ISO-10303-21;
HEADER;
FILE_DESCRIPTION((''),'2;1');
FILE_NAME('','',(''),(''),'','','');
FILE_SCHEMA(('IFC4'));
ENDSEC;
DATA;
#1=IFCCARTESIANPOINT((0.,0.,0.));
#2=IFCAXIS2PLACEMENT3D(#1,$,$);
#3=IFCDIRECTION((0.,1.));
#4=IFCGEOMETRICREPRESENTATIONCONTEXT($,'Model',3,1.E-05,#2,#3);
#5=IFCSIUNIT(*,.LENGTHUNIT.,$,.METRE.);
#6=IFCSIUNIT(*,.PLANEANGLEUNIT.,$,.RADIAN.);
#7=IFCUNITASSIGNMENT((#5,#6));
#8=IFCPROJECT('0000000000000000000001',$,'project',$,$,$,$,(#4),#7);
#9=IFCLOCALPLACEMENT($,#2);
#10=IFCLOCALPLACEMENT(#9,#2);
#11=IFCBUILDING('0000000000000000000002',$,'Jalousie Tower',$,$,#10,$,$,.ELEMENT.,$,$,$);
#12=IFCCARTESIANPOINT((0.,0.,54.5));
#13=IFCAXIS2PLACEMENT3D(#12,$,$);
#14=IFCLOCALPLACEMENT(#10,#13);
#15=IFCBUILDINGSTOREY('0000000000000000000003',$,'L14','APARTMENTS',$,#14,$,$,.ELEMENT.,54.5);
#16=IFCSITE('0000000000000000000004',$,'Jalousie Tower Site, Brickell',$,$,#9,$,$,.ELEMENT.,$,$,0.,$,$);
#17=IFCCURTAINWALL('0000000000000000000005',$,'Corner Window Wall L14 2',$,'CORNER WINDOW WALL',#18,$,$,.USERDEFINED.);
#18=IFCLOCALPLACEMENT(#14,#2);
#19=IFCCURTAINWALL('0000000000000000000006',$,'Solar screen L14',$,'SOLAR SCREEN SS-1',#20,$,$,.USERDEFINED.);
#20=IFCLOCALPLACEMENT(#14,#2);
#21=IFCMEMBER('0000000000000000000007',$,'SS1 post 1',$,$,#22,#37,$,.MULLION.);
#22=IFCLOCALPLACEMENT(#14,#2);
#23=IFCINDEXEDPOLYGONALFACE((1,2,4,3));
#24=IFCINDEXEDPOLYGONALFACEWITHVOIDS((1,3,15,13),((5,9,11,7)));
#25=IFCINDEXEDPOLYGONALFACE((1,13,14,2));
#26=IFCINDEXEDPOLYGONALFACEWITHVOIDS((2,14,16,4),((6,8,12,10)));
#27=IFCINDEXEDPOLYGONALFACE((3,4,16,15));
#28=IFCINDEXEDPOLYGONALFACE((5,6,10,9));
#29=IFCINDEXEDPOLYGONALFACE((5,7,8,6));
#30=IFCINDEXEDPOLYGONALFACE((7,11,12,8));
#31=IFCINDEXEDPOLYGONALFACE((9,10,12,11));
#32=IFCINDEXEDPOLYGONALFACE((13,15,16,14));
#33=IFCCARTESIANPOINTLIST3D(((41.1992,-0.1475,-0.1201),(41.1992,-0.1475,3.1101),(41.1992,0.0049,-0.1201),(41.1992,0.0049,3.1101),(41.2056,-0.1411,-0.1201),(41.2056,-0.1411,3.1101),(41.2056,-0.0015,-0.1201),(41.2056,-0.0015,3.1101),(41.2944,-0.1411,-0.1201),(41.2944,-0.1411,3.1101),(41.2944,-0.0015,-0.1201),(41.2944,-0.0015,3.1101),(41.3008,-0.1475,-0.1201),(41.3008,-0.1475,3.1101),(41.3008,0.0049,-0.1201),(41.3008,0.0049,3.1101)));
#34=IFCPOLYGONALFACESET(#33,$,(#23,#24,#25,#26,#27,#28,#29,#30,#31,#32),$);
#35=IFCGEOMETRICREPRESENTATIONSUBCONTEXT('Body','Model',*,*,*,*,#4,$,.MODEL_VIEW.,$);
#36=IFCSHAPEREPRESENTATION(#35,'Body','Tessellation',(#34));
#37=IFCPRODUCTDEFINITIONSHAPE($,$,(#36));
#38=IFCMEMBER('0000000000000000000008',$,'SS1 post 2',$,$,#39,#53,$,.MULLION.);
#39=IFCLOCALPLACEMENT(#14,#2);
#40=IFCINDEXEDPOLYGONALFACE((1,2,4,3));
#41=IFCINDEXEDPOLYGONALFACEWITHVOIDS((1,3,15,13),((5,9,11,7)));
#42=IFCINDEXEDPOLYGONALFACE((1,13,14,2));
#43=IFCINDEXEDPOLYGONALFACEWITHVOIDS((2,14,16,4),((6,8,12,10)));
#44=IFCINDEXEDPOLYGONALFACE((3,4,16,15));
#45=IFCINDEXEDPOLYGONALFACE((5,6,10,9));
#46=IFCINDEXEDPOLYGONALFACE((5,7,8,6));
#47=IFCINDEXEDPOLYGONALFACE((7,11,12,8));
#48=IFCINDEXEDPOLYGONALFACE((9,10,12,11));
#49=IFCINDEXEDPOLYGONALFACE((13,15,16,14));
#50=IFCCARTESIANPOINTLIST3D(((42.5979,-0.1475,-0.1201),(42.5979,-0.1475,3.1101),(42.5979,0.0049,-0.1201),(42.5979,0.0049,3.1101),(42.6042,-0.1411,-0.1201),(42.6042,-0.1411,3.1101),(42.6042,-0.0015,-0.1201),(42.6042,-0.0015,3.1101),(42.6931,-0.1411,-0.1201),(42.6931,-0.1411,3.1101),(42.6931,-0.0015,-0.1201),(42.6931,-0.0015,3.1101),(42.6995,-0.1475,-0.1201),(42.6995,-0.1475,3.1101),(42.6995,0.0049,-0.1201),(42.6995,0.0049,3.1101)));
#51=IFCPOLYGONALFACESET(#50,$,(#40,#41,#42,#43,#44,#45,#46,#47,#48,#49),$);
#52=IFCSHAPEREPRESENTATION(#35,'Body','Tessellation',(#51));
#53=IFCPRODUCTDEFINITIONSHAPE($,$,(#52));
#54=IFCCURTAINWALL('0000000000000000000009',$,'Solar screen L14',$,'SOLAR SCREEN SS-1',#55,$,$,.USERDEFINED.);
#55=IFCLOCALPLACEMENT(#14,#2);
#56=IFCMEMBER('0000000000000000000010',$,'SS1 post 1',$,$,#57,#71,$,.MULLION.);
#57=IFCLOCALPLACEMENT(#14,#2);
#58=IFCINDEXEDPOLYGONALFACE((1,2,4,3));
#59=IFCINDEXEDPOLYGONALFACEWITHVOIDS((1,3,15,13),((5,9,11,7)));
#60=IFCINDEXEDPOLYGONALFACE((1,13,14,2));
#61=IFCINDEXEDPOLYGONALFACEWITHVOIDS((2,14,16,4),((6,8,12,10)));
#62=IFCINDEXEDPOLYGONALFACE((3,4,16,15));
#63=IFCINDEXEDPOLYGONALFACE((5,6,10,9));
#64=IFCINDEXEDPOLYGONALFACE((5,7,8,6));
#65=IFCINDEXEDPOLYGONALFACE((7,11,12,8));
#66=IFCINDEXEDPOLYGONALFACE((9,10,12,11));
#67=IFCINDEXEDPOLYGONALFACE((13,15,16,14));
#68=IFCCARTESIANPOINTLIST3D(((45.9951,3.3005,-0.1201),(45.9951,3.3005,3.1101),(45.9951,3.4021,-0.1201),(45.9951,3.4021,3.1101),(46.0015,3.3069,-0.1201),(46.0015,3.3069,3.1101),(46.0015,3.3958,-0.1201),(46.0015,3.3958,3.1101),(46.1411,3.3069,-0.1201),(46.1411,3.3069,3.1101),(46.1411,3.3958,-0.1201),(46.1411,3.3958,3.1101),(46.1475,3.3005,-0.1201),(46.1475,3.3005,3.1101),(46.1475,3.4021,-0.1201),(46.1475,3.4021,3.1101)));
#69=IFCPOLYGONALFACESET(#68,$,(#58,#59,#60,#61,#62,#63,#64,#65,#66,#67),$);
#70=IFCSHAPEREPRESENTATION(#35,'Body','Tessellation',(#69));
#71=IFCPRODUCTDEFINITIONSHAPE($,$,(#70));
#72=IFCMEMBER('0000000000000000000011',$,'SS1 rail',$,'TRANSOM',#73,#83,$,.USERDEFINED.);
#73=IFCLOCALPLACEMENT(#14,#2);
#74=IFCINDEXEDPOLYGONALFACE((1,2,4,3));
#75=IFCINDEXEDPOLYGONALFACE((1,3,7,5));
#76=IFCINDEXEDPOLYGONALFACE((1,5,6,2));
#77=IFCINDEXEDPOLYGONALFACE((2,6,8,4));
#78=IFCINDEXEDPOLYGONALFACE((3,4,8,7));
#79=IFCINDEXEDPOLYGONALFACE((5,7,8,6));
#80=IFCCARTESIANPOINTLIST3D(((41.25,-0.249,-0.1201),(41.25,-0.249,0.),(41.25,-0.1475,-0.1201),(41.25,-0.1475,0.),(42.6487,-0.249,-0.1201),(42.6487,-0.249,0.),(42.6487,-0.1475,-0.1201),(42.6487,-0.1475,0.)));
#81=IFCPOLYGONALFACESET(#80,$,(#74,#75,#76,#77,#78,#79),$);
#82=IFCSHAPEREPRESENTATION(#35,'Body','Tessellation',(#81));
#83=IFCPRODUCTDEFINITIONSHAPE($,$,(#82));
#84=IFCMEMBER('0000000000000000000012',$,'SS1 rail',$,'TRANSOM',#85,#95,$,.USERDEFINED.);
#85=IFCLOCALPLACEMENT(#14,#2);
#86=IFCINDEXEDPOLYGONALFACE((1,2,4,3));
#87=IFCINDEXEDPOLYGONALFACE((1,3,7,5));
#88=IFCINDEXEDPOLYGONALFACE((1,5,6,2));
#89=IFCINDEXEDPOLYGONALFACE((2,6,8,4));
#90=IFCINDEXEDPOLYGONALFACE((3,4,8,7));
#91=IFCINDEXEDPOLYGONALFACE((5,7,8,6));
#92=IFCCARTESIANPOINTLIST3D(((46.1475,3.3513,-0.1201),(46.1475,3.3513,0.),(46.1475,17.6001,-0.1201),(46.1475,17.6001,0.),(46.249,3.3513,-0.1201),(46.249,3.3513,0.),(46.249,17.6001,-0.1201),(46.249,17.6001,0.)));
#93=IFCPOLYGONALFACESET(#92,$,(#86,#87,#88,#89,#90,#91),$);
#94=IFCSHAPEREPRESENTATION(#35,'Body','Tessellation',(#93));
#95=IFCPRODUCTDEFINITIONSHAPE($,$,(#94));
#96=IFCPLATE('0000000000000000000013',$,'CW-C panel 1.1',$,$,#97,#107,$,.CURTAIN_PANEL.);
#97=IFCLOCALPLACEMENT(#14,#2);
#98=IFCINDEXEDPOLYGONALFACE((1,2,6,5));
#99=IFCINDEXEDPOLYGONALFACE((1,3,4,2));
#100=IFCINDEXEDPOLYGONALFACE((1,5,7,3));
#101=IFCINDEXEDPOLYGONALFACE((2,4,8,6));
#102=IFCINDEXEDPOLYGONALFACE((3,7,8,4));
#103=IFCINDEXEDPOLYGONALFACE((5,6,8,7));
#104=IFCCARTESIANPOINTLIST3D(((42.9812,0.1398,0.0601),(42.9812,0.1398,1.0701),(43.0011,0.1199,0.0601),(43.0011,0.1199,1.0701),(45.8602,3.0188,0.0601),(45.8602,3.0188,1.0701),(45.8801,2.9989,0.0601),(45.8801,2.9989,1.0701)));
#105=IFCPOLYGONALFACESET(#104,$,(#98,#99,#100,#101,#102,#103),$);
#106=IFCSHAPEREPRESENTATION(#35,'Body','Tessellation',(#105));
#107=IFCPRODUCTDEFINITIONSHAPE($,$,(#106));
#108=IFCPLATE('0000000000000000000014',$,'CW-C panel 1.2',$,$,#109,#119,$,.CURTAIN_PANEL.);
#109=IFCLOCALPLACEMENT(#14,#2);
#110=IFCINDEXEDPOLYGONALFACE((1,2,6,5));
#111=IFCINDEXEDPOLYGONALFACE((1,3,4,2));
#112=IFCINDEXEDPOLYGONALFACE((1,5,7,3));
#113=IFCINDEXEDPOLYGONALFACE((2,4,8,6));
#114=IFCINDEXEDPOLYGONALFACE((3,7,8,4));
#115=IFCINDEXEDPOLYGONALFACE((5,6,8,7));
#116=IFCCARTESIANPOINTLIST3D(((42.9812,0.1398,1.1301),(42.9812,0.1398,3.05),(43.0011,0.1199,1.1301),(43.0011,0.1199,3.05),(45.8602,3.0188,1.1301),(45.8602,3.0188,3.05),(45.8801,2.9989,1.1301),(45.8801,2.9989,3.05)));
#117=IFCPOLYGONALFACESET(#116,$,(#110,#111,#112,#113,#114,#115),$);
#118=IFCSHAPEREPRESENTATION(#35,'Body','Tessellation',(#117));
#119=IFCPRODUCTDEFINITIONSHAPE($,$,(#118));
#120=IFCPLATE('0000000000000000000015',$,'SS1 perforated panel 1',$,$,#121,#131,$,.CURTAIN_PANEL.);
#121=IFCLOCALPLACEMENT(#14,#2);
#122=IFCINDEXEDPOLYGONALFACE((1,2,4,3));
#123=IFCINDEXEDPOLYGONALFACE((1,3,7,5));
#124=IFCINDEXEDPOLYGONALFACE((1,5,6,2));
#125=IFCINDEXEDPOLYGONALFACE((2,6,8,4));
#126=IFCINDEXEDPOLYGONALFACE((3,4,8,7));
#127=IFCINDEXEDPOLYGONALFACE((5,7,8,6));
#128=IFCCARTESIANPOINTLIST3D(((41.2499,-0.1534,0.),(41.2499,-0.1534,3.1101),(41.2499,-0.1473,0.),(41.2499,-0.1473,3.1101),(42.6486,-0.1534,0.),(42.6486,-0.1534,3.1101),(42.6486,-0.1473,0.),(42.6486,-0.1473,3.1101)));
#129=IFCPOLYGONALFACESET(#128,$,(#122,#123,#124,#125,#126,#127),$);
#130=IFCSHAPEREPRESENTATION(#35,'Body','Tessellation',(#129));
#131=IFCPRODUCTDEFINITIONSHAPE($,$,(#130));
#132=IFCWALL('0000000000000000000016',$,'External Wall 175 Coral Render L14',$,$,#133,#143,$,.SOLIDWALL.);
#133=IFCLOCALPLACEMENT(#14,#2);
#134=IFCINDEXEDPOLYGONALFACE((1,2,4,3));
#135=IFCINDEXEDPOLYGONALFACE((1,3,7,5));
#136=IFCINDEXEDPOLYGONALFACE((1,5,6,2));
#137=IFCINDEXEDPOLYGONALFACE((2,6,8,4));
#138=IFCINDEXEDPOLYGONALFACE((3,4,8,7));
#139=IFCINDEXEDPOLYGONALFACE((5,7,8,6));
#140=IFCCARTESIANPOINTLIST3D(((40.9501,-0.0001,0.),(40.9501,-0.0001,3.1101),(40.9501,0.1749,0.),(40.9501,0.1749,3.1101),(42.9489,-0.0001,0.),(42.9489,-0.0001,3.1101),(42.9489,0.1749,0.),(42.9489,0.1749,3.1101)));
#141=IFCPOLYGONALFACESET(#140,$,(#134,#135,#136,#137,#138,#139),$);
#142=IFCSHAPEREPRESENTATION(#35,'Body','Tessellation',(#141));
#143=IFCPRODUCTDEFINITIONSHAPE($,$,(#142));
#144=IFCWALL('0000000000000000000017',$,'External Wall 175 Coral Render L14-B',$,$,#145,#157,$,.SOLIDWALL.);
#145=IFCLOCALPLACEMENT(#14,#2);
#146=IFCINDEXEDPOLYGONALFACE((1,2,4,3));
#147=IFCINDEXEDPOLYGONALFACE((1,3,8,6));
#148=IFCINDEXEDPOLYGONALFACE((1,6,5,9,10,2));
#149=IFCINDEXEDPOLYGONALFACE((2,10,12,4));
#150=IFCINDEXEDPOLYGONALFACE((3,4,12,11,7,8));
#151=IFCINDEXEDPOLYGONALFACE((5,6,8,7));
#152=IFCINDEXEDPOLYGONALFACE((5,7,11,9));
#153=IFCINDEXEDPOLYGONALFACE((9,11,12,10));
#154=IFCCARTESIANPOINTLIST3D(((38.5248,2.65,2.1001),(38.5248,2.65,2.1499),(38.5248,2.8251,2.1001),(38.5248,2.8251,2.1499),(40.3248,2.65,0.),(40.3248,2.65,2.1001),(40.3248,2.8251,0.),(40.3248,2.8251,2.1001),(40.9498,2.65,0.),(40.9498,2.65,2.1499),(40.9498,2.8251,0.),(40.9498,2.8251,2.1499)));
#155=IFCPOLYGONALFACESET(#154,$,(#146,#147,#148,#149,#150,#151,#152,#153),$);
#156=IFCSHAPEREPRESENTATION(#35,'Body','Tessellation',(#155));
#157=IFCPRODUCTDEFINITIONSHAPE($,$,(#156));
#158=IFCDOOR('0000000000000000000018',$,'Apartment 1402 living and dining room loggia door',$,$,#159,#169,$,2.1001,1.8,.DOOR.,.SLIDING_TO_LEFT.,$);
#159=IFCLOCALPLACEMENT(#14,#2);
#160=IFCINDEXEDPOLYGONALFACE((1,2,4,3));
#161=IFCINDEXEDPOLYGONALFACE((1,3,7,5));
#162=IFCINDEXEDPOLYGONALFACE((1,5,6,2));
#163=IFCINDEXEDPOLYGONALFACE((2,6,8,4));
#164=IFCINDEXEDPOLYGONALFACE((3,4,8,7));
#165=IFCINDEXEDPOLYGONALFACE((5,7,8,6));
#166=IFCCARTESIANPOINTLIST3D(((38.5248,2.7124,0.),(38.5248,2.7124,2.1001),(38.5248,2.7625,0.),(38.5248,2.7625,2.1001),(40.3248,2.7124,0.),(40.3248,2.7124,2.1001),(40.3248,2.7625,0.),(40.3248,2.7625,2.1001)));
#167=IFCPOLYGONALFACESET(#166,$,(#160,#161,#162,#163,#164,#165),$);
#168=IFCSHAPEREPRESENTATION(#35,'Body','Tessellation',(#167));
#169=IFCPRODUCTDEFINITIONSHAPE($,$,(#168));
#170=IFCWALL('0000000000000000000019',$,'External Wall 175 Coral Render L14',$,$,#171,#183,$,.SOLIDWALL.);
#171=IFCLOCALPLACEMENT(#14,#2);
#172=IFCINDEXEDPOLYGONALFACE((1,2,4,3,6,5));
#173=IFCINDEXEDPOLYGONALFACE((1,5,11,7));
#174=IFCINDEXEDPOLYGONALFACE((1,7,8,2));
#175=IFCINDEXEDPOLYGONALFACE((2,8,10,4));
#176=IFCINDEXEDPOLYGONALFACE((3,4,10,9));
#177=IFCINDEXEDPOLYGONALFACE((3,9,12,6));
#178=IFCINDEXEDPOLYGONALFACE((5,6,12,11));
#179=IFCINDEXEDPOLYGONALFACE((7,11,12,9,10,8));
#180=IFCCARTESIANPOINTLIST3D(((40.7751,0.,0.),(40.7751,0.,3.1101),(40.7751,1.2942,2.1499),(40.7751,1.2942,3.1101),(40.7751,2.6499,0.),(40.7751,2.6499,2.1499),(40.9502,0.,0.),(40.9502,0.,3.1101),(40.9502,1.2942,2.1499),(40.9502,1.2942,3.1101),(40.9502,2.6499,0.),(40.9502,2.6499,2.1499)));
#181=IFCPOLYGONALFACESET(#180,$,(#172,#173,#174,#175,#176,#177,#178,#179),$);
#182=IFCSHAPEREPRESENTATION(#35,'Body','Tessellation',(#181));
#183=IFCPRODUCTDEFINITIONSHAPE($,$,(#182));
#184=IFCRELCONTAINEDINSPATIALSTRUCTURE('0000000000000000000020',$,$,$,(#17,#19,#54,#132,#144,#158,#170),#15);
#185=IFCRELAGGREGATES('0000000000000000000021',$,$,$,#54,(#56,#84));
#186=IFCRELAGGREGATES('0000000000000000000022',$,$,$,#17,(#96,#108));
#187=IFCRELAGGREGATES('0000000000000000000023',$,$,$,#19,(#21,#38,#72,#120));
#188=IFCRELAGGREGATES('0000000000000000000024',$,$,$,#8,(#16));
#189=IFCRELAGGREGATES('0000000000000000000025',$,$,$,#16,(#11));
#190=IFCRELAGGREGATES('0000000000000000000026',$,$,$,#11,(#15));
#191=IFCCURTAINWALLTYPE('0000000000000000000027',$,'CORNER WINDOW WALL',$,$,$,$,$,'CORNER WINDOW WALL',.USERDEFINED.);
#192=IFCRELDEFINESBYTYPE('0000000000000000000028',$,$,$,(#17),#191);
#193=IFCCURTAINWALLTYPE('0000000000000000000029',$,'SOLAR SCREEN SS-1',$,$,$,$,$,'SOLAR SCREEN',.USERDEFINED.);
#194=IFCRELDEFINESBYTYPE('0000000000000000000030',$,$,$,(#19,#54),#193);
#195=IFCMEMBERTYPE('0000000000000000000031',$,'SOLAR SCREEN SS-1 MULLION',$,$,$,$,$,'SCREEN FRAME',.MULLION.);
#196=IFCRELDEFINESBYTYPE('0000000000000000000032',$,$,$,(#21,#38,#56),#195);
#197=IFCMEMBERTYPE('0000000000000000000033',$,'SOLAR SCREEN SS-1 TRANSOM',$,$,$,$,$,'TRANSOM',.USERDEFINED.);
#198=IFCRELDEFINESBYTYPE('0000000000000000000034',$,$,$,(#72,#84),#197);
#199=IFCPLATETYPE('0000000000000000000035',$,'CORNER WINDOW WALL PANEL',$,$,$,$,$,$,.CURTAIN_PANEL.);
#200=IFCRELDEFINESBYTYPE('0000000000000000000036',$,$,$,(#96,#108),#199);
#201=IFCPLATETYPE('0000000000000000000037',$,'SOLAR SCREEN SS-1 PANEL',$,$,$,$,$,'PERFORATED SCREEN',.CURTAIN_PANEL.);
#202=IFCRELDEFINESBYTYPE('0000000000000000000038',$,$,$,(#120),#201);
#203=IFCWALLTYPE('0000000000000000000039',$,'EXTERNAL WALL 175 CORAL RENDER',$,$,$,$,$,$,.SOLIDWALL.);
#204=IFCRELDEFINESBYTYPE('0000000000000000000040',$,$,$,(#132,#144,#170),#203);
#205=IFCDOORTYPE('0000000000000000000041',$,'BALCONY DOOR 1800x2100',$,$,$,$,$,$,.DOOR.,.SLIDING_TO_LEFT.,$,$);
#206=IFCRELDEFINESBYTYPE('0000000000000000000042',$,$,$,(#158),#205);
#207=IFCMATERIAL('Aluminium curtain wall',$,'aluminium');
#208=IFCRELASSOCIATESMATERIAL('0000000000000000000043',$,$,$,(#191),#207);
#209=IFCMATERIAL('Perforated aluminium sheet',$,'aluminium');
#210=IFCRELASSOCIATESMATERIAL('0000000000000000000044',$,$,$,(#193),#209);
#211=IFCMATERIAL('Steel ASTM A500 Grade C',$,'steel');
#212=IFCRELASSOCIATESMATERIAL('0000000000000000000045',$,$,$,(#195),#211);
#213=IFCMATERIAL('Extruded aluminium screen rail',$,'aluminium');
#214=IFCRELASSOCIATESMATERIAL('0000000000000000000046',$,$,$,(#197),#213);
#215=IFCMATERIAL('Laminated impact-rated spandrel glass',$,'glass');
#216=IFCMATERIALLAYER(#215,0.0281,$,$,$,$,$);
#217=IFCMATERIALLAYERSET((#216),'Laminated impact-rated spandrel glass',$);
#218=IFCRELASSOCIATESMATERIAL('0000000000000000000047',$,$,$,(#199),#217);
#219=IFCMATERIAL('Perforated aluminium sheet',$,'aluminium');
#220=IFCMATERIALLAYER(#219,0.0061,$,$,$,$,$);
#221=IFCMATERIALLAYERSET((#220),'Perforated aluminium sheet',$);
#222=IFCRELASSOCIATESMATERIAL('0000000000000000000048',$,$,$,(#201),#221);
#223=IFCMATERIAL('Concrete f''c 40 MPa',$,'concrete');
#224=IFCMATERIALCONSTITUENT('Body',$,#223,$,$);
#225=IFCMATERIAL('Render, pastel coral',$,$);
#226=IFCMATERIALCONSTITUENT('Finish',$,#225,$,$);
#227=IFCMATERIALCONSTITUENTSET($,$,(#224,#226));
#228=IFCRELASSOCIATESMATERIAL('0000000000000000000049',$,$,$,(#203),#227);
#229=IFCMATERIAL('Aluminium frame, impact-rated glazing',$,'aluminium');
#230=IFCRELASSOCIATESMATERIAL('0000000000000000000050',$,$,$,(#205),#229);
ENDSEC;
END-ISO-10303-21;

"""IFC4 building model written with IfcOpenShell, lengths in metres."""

from ifc_helpers import new_model, si_unit, direction, frame, frame_2d, origin, origin_2d, place, context, subcontext, project, spatial, polyline, rectangle, hollow_rectangle, outline, extrude, material, layer, layer_set, constituent, constituent_set, material_profile, profile_set, type_object, element, fill, aggregate, save


model = new_model("IFC4")

# Units and contexts
model_context = context("Model", 3, precision=1e-05, world=origin(), true_north=direction((0.0, 1.0)))
body_context = subcontext(model_context, "Body", "Model", "MODEL_VIEW")
ifc_project = project(units=[si_unit("LENGTHUNIT", "METRE"), si_unit("PLANEANGLEUNIT", "RADIAN")], contexts=[model_context])

# Site, building, storey
site_placement = place(None, origin())
site = spatial("IfcSite", under=ifc_project, at=site_placement, Name="Jalousie Tower Site, Brickell", CompositionType="ELEMENT", RefElevation=0.0)
building_placement = place(site_placement, origin())
building = spatial("IfcBuilding", under=site, at=building_placement, Name="Jalousie Tower", CompositionType="ELEMENT")
storey_placement = place(building_placement, frame((0.0, 0.0, 54.5)))
storey = spatial("IfcBuildingStorey", under=building, at=storey_placement, Name="L14", Description="APARTMENTS", CompositionType="ELEMENT", Elevation=54.5)

# Curtain wall
ifc_material_1 = material(Name="Aluminium curtain wall", Category="aluminium")
curtain_wall_type_1 = type_object("IfcCurtainWallType", Name="CORNER WINDOW WALL", ElementType="CORNER WINDOW WALL", PredefinedType="USERDEFINED", material=ifc_material_1)
curtain_wall_1_placement = place(storey_placement, origin())
curtain_wall_1 = element("IfcCurtainWall", 1, at=curtain_wall_1_placement, inside=storey, type_object=curtain_wall_type_1, Name="Corner Window Wall L14 2", ObjectType="CORNER WINDOW WALL", PredefinedType="USERDEFINED")

# Curtain wall, members
ifc_material_2 = material(Name="Perforated aluminium sheet", Category="aluminium")
curtain_wall_type_2 = type_object("IfcCurtainWallType", Name="SOLAR SCREEN SS-1", ElementType="SOLAR SCREEN", PredefinedType="USERDEFINED", material=ifc_material_2)
curtain_wall_2_placement = place(storey_placement, origin())
curtain_wall_2 = element("IfcCurtainWall", 2, at=curtain_wall_2_placement, inside=storey, type_object=curtain_wall_type_2, Name="Solar screen L14", ObjectType="SOLAR SCREEN SS-1", PredefinedType="USERDEFINED")
ifc_material_3 = material(Name="Steel ASTM A500 Grade C", Category="steel")
ifc_material_profile_1 = material_profile(ifc_material_3, hollow_rectangle(XDim=0.1016, YDim=0.1523, WallThickness=0.0063, at=origin_2d()), Name="HSS6X4X1/4")
ifc_profile_set_1 = profile_set([ifc_material_profile_1], Name="Steel ASTM A500 Grade C")
member_type_1 = type_object("IfcMemberType", Name="SOLAR SCREEN SS-1 MULLION", ElementType="SCREEN FRAME", PredefinedType="MULLION", material=ifc_profile_set_1)
member_1_placement = place(storey_placement, frame((41.25, -0.0713, -0.1201), z_axis=(0.0, 0.0, 1.0), x_axis=(1.0, 0.0, 0.0)))
member_1 = element("IfcMember", 3, at=member_1_placement, type_object=member_type_1, Name="SS1 post 1", PredefinedType="MULLION", context=body_context, shape_type="SweptSolid", body=[
    extrude(hollow_rectangle(XDim=0.1016, YDim=0.1523, WallThickness=0.0063, at=origin_2d()), origin(), (0.0, 0.0, 1.0), 3.2302),
])
member_2_placement = place(storey_placement, frame((42.6487, -0.0713, -0.1201), z_axis=(0.0, 0.0, 1.0), x_axis=(1.0, 0.0, 0.0)))
member_2 = element("IfcMember", 4, at=member_2_placement, type_object=member_type_1, Name="SS1 post 2", PredefinedType="MULLION", context=body_context, shape_type="SweptSolid", body=[
    extrude(hollow_rectangle(XDim=0.1016, YDim=0.1523, WallThickness=0.0063, at=origin_2d()), origin(), (0.0, 0.0, 1.0), 3.2302),
])

# Curtain wall, member
curtain_wall_3_placement = place(storey_placement, origin())
curtain_wall_3 = element("IfcCurtainWall", 5, at=curtain_wall_3_placement, inside=storey, type_object=curtain_wall_type_2, Name="Solar screen L14", ObjectType="SOLAR SCREEN SS-1", PredefinedType="USERDEFINED")
member_3_placement = place(storey_placement, frame((46.0713, 3.3513, -0.1201), z_axis=(0.0, 0.0, 1.0), x_axis=(0.0, 1.0, 0.0)))
member_3 = element("IfcMember", 6, at=member_3_placement, type_object=member_type_1, Name="SS1 post 1", PredefinedType="MULLION", context=body_context, shape_type="SweptSolid", body=[
    extrude(hollow_rectangle(XDim=0.1016, YDim=0.1523, WallThickness=0.0063, at=origin_2d()), origin(), (0.0, 0.0, 1.0), 3.2302),
])

# Members
ifc_material_4 = material(Name="Extruded aluminium screen rail", Category="aluminium")
ifc_material_profile_2 = material_profile(ifc_material_4, rectangle(XDim=0.1016, YDim=0.1201, at=origin_2d()), Name="RAIL 102x120")
ifc_profile_set_2 = profile_set([ifc_material_profile_2], Name="Extruded aluminium screen rail")
member_type_2 = type_object("IfcMemberType", Name="SOLAR SCREEN SS-1 TRANSOM", ElementType="TRANSOM", PredefinedType="USERDEFINED", material=ifc_profile_set_2)
member_4_placement = place(storey_placement, frame((41.25, -0.1982, -0.0601), z_axis=(1.0, 0.0, 0.0), x_axis=(0.0, 1.0, 0.0)))
member_4 = element("IfcMember", 7, at=member_4_placement, type_object=member_type_2, Name="SS1 rail", ObjectType="TRANSOM", PredefinedType="USERDEFINED", context=body_context, shape_type="SweptSolid", body=[
    extrude(rectangle(XDim=0.1016, YDim=0.1201, at=origin_2d()), origin(), (0.0, 0.0, 1.0), 1.3987),
])
member_5_placement = place(storey_placement, frame((46.1982, 3.3513, -0.0601), z_axis=(0.0, 1.0, 0.0), x_axis=(-1.0, 0.0, 0.0)))
member_5 = element("IfcMember", 8, at=member_5_placement, type_object=member_type_2, Name="SS1 rail", ObjectType="TRANSOM", PredefinedType="USERDEFINED", context=body_context, shape_type="SweptSolid", body=[
    extrude(rectangle(XDim=0.1016, YDim=0.1201, at=origin_2d()), origin(), (0.0, 0.0, 1.0), 14.2488),
])
aggregate(curtain_wall_3, [member_3, member_5])

# Plates
ifc_material_5 = material(Name="Laminated impact-rated spandrel glass", Category="glass")
ifc_layer_1 = layer(ifc_material_5, 0.0281)
ifc_layer_set_1 = layer_set([ifc_layer_1], Name="Laminated impact-rated spandrel glass")
plate_type_1 = type_object("IfcPlateType", Name="CORNER WINDOW WALL PANEL", PredefinedType="CURTAIN_PANEL", material=ifc_layer_set_1)
plate_1_placement = place(storey_placement, frame((44.4307, 1.5693, 0.0601), z_axis=(0.0, 0.0, 1.0), x_axis=(0.707107, 0.707107, 0.0)))
plate_1 = element("IfcPlate", 9, at=plate_1_placement, type_object=plate_type_1, Name="CW-C panel 1.1", PredefinedType="CURTAIN_PANEL", context=body_context, shape_type="SweptSolid", body=[
    extrude(rectangle(XDim=4.0715, YDim=0.0281, at=origin_2d()), origin(), (0.0, 0.0, 1.0), 1.01),
])
plate_2_placement = place(storey_placement, frame((44.4307, 1.5693, 1.1301), z_axis=(0.0, 0.0, 1.0), x_axis=(0.707107, 0.707107, 0.0)))
plate_2 = element("IfcPlate", 10, at=plate_2_placement, type_object=plate_type_1, Name="CW-C panel 1.2", PredefinedType="CURTAIN_PANEL", context=body_context, shape_type="SweptSolid", body=[
    extrude(rectangle(XDim=4.0715, YDim=0.0281, at=origin_2d()), origin(), (0.0, 0.0, 1.0), 1.9199),
])
aggregate(curtain_wall_1, [plate_1, plate_2])
ifc_material_6 = material(Name="Perforated aluminium sheet", Category="aluminium")
ifc_layer_2 = layer(ifc_material_6, 0.0061)
ifc_layer_set_2 = layer_set([ifc_layer_2], Name="Perforated aluminium sheet")
plate_type_2 = type_object("IfcPlateType", Name="SOLAR SCREEN SS-1 PANEL", ElementType="PERFORATED SCREEN", PredefinedType="CURTAIN_PANEL", material=ifc_layer_set_2)
plate_3_placement = place(storey_placement, frame((41.9492, -0.1504, 0.0), z_axis=(0.0, 0.0, 1.0), x_axis=(1.0, 0.0, 0.0)))
plate_3 = element("IfcPlate", 11, at=plate_3_placement, type_object=plate_type_2, Name="SS1 perforated panel 1", PredefinedType="CURTAIN_PANEL", context=body_context, shape_type="SweptSolid", body=[
    extrude(rectangle(XDim=1.3987, YDim=0.0061, at=origin_2d()), origin(), (0.0, 0.0, 1.0), 3.1101),
])
aggregate(curtain_wall_2, [member_1, member_2, member_4, plate_3])

# Wall
ifc_material_7 = material(Name="Concrete f'c 40 MPa", Category="concrete")
ifc_constituent_1 = constituent(ifc_material_7, Name="Body")
ifc_material_8 = material(Name="Render, pastel coral")
ifc_constituent_2 = constituent(ifc_material_8, Name="Finish")
ifc_constituent_set = constituent_set(constituents=[ifc_constituent_1, ifc_constituent_2])
wall_type = type_object("IfcWallType", Name="EXTERNAL WALL 175 CORAL RENDER", PredefinedType="SOLIDWALL", material=ifc_constituent_set)
wall_1_placement = place(storey_placement, frame((40.95, 0.0874, 0.0), z_axis=(0.0, 0.0, 1.0), x_axis=(1.0, 0.0, 0.0)))
element("IfcWall", 12, at=wall_1_placement, inside=storey, type_object=wall_type, Name="External Wall 175 Coral Render L14", PredefinedType="SOLIDWALL", context=body_context, shape_type="SweptSolid", body=[
    extrude(rectangle(XDim=1.9988, YDim=0.175, at=frame_2d((0.9995, 0.0))), origin(), (0.0, 0.0, 1.0), 3.1101),
])

# Wall, opening, door
wall_2_placement = place(storey_placement, frame((38.5249, 2.7375, 0.0), z_axis=(0.0, 0.0, 1.0), x_axis=(1.0, 0.0, 0.0)))
wall_2 = element("IfcWall", 13, at=wall_2_placement, inside=storey, type_object=wall_type, Name="External Wall 175 Coral Render L14-B", PredefinedType="SOLIDWALL", context=body_context, shape_type="SweptSolid", body=[
    extrude(rectangle(XDim=2.425, YDim=0.175, at=frame_2d((1.2124, 0.0))), origin(), (0.0, 0.0, 1.0), 2.1499),
])
opening_1_placement = place(wall_2_placement, origin())
opening_1 = element("IfcOpeningElement", 14, at=opening_1_placement, cuts=wall_2, PredefinedType="OPENING", context=body_context, shape_type="SweptSolid", body=[
    extrude(rectangle(XDim=1.8, YDim=2.1001, at=frame_2d((0.8999, 1.05))), frame((0.0, 0.0974, 0.0), z_axis=(0.0, -1.0, 0.0), x_axis=(1.0, 0.0, 0.0)), (0.0, 0.0, 1.0), 0.1951),
])
ifc_material_9 = material(Name="Aluminium frame, impact-rated glazing", Category="aluminium")
door_type = type_object("IfcDoorType", Name="BALCONY DOOR 1800x2100", OperationType="SLIDING_TO_LEFT", PredefinedType="DOOR", material=ifc_material_9)
door_placement = place(opening_1_placement, origin())
door = element("IfcDoor", 15, at=door_placement, inside=storey, type_object=door_type, Name="Apartment 1402 living and dining room loggia door", OperationType="SLIDING_TO_LEFT", OverallHeight=2.1001, OverallWidth=1.8, PredefinedType="DOOR", context=body_context, shape_type="SweptSolid", body=[
    extrude(rectangle(XDim=1.8, YDim=2.1001, at=frame_2d((0.8999, 1.05))), frame((0.0, 0.0249, 0.0), z_axis=(0.0, -1.0, 0.0), x_axis=(1.0, 0.0, 0.0)), (0.0, 0.0, 1.0), 0.05),
])
fill(opening_1, door)

# Wall
wall_3_placement = place(storey_placement, frame((40.8625, 0.0, 0.0), z_axis=(0.0, 0.0, 1.0), x_axis=(0.0, 1.0, 0.0)))
element("IfcWall", 16, at=wall_3_placement, inside=storey, type_object=wall_type, Name="External Wall 175 Coral Render L14", PredefinedType="SOLIDWALL", context=body_context, shape_type="SweptSolid", body=[
    extrude(outline(polyline([(0.0, 0.0), (2.6499, 0.0), (2.6499, 2.1499), (1.2942, 2.1499), (1.2942, 3.1101), (0.0, 3.1101), (0.0, 0.0)])), frame((0.0, 0.0874, 0.0), z_axis=(0.0, -1.0, 0.0), x_axis=(1.0, 0.0, 0.0)), (0.0, 0.0, 1.0), 0.175),
])

save(model, "model.ifc")
